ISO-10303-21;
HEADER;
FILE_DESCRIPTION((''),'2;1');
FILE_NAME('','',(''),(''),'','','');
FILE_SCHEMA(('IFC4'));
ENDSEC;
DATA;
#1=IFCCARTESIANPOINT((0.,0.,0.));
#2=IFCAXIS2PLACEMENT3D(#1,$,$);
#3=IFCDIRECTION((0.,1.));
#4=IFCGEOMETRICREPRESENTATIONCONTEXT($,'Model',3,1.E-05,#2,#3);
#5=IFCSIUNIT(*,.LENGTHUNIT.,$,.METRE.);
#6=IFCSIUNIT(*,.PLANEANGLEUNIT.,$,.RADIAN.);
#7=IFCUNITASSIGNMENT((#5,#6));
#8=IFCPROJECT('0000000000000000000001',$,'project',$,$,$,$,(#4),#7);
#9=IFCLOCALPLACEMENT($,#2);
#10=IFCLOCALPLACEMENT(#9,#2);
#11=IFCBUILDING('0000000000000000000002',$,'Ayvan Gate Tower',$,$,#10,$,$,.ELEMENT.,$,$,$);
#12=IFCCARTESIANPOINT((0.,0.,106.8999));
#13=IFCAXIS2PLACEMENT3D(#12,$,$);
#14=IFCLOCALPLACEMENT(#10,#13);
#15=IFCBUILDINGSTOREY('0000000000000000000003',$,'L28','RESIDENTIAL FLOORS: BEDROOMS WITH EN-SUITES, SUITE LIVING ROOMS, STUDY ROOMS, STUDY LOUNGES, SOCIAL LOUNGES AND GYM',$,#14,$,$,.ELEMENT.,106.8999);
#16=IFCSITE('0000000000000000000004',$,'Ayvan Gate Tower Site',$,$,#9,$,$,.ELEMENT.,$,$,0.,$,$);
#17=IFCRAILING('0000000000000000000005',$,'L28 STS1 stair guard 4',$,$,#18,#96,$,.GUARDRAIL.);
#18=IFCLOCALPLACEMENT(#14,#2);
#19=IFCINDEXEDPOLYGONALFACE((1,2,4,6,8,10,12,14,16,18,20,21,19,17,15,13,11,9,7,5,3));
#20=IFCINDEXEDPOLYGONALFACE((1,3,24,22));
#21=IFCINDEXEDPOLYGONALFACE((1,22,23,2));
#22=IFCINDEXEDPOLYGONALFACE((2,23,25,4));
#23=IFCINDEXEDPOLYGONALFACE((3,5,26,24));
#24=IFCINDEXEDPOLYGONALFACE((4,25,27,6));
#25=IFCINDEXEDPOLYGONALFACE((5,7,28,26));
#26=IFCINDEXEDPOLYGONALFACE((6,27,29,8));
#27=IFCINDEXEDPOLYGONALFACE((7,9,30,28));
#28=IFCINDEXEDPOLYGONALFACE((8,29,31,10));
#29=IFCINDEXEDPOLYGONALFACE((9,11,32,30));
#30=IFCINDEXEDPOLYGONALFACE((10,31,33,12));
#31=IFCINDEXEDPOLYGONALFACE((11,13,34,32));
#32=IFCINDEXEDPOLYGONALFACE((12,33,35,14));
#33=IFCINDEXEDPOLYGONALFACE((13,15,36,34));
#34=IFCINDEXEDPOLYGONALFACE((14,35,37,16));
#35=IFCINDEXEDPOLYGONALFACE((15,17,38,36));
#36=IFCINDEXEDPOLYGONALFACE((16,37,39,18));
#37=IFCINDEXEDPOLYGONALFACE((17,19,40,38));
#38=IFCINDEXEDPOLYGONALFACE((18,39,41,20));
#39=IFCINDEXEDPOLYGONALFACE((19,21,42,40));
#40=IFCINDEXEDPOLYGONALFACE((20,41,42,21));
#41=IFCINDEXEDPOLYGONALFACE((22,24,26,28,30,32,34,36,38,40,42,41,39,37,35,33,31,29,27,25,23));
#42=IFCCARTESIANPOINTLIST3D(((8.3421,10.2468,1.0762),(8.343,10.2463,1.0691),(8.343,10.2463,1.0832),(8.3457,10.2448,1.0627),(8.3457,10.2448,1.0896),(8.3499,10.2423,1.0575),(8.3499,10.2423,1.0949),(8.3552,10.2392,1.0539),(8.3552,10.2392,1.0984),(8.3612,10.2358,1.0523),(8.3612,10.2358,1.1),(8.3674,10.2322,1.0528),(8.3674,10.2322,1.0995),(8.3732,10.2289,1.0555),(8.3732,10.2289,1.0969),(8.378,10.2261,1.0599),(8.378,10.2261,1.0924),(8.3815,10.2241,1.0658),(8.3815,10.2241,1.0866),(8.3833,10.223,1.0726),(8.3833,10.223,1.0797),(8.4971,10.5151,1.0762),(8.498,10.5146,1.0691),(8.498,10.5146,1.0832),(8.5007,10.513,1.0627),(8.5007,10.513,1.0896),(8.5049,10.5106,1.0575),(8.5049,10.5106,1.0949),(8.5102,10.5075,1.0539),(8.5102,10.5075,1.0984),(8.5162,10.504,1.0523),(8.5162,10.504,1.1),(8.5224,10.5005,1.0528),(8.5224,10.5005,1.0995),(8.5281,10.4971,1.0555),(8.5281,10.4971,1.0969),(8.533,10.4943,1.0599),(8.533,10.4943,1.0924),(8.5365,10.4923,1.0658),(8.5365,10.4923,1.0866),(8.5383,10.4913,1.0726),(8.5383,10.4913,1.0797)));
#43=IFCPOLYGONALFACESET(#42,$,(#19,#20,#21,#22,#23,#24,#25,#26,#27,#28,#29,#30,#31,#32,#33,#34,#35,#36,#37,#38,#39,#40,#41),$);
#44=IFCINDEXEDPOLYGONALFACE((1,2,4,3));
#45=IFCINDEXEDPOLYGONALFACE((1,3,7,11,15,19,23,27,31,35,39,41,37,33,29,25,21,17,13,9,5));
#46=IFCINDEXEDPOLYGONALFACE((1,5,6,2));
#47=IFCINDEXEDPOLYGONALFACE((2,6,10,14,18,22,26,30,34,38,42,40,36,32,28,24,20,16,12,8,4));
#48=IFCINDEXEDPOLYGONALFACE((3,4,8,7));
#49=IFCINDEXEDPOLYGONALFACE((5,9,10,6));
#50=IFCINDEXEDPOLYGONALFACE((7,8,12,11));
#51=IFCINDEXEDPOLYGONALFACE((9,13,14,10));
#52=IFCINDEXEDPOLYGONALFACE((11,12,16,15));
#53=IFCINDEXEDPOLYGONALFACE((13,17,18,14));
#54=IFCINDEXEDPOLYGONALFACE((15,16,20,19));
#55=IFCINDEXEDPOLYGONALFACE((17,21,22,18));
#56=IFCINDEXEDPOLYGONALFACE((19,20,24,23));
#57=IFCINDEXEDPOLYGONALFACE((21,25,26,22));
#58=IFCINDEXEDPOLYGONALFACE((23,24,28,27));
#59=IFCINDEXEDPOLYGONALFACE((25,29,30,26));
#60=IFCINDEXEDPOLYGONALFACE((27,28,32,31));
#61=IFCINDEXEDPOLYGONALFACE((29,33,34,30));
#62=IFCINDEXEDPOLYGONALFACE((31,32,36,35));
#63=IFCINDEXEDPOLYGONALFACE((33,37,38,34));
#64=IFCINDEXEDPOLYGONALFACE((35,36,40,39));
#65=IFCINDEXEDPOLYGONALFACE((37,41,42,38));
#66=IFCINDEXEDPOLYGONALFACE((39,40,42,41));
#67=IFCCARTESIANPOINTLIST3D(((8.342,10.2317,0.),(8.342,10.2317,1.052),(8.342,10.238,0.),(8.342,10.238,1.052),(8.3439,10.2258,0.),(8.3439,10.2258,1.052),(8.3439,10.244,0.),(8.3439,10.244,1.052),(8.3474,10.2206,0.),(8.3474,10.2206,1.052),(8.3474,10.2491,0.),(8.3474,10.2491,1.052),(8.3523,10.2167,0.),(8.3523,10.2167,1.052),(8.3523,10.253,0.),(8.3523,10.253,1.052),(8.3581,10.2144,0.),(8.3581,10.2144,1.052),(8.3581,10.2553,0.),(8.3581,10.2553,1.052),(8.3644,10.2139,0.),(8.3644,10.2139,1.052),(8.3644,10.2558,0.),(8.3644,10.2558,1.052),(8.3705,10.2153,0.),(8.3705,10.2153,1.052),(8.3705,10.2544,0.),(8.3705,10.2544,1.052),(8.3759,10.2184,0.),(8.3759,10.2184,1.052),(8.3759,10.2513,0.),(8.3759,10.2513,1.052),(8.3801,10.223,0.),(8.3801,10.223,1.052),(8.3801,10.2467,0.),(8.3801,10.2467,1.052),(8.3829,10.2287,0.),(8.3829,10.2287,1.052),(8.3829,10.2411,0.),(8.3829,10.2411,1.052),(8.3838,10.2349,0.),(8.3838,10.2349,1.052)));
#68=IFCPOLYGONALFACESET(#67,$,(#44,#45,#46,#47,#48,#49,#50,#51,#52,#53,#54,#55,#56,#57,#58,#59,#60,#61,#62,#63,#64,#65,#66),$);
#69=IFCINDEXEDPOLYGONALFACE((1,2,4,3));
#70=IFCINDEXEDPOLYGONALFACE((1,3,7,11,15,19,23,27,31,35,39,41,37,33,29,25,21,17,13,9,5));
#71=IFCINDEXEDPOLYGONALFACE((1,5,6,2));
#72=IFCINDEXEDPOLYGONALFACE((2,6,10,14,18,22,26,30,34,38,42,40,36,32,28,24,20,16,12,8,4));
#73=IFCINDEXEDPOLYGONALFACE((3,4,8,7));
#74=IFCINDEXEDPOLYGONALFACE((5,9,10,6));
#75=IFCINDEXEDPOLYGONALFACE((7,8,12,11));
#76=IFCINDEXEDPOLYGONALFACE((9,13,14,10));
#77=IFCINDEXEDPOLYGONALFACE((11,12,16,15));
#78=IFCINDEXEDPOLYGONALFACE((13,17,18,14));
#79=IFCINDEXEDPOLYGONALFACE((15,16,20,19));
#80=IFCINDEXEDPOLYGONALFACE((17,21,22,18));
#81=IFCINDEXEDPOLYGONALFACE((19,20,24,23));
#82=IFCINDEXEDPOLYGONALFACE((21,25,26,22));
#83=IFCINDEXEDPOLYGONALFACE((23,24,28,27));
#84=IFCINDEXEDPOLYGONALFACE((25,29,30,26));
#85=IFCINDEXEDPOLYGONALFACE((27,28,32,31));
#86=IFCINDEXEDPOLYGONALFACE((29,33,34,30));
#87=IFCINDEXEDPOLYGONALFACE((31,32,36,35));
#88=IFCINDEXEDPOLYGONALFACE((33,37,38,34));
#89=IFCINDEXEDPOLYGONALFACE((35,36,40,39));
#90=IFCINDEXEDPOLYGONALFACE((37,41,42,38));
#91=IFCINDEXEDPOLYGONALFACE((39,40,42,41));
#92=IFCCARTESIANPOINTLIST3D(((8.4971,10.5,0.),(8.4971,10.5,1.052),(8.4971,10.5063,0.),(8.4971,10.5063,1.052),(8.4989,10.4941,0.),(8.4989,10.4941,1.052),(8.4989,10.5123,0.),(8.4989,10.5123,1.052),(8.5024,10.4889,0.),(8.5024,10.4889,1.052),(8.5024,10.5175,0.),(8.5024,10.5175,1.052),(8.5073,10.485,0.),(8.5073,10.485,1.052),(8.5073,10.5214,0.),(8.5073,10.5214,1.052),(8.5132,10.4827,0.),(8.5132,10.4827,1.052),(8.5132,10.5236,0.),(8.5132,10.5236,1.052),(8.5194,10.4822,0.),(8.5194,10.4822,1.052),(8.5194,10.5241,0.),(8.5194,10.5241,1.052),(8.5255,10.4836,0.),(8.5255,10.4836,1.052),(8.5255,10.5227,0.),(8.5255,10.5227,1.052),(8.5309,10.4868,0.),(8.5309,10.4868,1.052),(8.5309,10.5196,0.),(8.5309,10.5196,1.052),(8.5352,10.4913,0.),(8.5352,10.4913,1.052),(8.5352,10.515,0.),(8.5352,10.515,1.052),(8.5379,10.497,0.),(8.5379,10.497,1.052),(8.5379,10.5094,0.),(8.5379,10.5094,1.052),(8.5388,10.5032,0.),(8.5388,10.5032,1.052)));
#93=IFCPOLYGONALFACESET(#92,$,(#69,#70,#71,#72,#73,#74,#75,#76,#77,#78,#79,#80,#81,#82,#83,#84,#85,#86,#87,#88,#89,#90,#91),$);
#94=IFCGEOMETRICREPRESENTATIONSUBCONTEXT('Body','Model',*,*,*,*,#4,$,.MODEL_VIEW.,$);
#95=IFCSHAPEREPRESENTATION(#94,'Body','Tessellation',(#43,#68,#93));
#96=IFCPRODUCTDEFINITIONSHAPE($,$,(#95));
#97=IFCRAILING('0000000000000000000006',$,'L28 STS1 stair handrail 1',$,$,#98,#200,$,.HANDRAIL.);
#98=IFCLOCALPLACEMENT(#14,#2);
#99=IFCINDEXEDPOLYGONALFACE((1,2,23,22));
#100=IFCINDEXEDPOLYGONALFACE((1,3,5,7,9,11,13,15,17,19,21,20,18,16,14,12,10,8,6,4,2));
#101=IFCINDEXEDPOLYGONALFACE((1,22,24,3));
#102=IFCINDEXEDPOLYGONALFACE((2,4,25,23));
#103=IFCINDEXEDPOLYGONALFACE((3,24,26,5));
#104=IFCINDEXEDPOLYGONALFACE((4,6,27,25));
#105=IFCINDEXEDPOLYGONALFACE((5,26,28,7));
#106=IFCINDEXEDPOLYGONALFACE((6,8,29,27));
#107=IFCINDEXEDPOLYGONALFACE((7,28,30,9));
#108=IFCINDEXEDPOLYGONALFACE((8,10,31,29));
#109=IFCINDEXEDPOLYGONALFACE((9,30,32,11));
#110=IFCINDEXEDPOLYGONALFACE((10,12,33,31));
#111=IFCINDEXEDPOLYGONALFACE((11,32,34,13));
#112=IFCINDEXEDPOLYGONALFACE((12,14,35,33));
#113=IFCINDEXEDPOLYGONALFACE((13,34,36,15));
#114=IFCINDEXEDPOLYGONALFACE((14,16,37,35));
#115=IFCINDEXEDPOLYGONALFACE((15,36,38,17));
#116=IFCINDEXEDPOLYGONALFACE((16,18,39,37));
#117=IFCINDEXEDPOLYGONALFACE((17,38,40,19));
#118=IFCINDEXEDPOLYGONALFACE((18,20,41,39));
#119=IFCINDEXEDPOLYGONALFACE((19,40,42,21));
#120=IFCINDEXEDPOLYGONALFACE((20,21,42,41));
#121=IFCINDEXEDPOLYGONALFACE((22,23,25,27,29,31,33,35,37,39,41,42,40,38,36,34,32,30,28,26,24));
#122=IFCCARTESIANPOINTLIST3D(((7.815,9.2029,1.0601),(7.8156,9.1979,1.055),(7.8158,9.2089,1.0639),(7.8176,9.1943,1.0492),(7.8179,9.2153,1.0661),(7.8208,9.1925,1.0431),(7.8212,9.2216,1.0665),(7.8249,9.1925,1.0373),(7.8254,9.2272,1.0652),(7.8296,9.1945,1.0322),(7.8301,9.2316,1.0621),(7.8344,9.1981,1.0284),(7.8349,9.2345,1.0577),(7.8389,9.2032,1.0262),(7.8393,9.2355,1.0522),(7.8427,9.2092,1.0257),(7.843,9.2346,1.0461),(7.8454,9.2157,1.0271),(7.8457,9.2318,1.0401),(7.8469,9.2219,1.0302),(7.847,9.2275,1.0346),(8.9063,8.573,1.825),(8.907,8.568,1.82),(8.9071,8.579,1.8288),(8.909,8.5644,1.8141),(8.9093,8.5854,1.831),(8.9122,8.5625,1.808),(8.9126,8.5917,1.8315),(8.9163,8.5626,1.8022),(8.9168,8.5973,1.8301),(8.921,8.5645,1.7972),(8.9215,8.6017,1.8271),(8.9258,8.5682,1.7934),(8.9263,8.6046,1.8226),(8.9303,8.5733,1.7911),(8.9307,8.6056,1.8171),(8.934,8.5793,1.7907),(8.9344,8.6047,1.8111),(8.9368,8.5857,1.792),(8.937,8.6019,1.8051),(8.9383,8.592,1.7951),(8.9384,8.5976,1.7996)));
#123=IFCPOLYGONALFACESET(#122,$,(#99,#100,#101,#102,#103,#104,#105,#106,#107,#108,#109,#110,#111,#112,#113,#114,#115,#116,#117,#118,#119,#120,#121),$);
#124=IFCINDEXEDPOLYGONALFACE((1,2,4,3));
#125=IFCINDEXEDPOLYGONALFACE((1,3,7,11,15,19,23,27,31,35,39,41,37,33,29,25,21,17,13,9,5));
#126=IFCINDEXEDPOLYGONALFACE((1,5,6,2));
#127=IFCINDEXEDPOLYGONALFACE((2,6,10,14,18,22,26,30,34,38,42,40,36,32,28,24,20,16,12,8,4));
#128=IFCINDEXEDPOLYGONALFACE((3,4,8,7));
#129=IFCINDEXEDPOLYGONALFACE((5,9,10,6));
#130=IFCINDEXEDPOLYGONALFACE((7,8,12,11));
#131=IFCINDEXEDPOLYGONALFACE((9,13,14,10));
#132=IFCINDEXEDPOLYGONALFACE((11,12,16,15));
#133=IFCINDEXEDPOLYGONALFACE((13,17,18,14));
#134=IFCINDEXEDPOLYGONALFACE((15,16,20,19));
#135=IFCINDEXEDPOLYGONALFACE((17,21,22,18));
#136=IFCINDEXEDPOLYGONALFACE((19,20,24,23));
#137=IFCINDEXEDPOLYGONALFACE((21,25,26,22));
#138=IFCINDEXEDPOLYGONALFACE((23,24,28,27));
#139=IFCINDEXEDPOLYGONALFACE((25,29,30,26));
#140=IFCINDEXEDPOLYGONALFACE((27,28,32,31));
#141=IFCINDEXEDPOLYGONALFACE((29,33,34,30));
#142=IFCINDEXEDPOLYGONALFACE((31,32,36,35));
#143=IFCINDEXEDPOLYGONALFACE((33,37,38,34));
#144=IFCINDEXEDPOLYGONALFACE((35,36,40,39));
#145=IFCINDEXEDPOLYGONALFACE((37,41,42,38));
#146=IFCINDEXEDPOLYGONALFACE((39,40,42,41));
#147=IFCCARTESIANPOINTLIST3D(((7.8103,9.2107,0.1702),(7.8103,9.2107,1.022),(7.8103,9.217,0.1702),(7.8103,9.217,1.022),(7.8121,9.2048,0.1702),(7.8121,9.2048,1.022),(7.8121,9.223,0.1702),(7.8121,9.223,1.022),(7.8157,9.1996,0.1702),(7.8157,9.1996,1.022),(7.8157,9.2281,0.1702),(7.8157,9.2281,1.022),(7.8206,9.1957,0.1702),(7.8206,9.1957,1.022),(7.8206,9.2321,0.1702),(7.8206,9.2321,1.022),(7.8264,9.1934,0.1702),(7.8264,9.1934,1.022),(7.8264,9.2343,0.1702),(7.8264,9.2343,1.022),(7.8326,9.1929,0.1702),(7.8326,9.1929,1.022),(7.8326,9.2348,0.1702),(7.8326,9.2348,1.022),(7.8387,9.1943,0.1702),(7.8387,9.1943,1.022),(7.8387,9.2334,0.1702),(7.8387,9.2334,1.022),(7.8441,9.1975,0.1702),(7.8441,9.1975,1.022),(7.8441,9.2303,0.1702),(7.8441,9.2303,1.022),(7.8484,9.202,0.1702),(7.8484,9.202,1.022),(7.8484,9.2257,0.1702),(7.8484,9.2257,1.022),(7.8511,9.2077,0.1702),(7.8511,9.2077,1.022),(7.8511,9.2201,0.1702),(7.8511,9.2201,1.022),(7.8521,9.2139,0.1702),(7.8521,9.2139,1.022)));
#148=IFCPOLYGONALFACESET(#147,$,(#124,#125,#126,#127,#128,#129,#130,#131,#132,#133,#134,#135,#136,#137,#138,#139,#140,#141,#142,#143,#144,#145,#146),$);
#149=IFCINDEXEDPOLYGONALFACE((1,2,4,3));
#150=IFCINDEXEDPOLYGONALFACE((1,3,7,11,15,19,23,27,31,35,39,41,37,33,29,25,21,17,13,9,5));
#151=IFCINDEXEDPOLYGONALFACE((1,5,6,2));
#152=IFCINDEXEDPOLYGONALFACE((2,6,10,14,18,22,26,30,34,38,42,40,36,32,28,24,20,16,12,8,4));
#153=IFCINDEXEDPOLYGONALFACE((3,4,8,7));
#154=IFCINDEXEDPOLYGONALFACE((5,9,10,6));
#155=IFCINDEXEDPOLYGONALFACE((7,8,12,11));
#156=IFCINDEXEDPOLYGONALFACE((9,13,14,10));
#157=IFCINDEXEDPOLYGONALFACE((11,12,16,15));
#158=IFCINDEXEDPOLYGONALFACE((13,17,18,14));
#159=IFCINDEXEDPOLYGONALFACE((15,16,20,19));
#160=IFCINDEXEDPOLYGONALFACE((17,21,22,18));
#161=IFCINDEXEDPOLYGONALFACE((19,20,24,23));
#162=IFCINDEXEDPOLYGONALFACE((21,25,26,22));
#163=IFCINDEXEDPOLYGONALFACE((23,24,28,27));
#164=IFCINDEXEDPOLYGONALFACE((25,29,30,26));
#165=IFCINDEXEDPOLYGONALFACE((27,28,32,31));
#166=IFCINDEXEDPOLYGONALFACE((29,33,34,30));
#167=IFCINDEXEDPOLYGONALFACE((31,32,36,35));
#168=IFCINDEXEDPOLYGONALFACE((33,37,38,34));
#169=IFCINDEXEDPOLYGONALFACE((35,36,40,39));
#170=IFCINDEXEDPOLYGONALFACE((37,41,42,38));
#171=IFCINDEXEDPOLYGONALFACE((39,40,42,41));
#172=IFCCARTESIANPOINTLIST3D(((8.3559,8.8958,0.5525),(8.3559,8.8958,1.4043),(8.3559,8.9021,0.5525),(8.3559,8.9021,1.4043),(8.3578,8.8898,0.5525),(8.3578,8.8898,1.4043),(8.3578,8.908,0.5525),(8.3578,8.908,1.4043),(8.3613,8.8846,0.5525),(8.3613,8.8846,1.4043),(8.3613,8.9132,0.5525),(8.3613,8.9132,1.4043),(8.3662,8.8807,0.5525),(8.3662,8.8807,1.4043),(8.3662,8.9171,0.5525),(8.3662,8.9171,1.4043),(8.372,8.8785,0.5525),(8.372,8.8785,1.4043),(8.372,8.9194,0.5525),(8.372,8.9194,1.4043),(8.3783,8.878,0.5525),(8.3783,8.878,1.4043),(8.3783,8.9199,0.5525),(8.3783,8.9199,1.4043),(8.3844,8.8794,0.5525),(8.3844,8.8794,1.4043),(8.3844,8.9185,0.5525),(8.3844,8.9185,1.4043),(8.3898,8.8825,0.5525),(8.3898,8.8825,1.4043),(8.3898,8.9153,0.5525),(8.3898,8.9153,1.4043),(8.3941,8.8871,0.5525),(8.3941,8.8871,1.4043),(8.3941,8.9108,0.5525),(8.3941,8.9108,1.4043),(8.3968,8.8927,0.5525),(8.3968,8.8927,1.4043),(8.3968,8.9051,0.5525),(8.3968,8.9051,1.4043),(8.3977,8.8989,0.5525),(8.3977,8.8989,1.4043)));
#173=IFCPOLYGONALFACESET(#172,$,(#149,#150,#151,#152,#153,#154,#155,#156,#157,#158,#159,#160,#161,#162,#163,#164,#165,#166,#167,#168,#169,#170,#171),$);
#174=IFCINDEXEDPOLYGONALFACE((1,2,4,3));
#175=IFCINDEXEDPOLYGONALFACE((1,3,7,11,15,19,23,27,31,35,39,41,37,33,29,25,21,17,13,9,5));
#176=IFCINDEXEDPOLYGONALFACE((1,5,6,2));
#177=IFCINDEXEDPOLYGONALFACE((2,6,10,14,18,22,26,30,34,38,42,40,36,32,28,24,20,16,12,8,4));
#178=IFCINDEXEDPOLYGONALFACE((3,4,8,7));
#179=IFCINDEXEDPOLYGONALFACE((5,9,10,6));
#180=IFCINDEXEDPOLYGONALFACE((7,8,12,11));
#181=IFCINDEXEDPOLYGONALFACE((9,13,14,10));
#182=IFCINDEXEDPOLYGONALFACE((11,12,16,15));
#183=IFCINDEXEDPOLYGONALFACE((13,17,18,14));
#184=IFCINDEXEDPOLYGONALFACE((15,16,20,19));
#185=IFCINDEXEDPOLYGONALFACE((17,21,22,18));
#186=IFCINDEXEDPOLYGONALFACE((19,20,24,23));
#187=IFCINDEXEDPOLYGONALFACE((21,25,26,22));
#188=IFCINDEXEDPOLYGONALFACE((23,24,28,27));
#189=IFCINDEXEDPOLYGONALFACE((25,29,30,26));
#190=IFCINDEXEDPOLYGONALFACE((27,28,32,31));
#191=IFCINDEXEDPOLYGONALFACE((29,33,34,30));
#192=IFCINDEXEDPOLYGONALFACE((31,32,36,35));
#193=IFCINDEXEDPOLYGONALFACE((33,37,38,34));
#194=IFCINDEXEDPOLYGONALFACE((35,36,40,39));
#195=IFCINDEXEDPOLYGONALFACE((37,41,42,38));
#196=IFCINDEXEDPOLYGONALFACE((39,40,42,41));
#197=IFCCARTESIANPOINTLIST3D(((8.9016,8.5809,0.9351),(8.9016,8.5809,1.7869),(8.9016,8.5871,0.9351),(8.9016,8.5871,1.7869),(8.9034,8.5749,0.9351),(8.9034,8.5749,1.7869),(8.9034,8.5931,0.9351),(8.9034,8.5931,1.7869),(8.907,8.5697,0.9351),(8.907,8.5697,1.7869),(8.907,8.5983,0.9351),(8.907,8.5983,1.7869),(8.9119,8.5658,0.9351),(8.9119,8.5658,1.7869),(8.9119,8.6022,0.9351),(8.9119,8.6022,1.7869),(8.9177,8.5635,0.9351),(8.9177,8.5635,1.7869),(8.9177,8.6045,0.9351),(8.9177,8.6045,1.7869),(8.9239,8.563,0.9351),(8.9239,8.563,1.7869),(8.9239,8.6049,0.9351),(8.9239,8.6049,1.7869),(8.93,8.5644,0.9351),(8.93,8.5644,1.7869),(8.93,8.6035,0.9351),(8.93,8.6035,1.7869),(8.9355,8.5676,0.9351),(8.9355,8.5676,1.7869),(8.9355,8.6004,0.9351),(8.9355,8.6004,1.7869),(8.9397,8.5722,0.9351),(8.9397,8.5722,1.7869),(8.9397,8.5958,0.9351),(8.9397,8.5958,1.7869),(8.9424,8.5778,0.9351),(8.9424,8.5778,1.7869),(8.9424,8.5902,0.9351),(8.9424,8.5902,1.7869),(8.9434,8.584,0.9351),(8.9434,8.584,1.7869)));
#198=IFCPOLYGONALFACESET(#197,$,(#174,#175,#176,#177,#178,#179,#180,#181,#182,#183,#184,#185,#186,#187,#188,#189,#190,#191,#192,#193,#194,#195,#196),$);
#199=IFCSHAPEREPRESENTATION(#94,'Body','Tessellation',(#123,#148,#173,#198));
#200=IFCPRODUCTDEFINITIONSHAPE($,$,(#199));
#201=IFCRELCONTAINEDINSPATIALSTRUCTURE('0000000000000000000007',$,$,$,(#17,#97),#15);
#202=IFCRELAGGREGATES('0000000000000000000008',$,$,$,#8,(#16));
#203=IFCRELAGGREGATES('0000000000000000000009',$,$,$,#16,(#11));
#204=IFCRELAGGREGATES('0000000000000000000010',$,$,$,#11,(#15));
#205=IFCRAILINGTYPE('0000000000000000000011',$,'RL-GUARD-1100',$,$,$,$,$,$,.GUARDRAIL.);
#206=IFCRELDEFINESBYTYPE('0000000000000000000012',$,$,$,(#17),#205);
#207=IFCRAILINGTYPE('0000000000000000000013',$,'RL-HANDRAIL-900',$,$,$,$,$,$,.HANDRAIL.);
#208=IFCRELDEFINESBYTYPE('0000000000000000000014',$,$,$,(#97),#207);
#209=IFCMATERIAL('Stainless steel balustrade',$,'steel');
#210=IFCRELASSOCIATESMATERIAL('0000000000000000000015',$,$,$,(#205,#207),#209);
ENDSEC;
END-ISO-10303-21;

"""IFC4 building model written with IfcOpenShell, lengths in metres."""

from ifc_helpers import new_model, si_unit, direction, frame, origin, origin_2d, place, context, subcontext, project, spatial, circle, extrude, material, type_object, element, save


model = new_model("IFC4")

# Units and contexts
model_context = context("Model", 3, precision=1e-05, world=origin(), true_north=direction((0.0, 1.0)))
body_context = subcontext(model_context, "Body", "Model", "MODEL_VIEW")
ifc_project = project(units=[si_unit("LENGTHUNIT", "METRE"), si_unit("PLANEANGLEUNIT", "RADIAN")], contexts=[model_context])

# Site, building, storey
site_placement = place(None, origin())
site = spatial("IfcSite", under=ifc_project, at=site_placement, Name="Ayvan Gate Tower Site", CompositionType="ELEMENT", RefElevation=0.0)
building_placement = place(site_placement, origin())
building = spatial("IfcBuilding", under=site, at=building_placement, Name="Ayvan Gate Tower", CompositionType="ELEMENT")
storey_placement = place(building_placement, frame((0.0, 0.0, 106.8999)))
storey = spatial("IfcBuildingStorey", under=building, at=storey_placement, Name="L28", Description="RESIDENTIAL FLOORS: BEDROOMS WITH EN-SUITES, SUITE LIVING ROOMS, STUDY ROOMS, STUDY LOUNGES, SOCIAL LOUNGES AND GYM", CompositionType="ELEMENT", Elevation=106.8999)

# Railings
ifc_material_1 = material(Name="Stainless steel balustrade", Category="steel")
railing_type_1 = type_object("IfcRailingType", Name="RL-GUARD-1100", PredefinedType="GUARDRAIL", material=ifc_material_1)
railing_1_placement = place(storey_placement, frame((8.3628, 10.2349, 0.0)))
element("IfcRailing", 1, at=railing_1_placement, inside=storey, type_object=railing_type_1, Name="L28 STS1 stair guard 4", PredefinedType="GUARDRAIL", context=body_context, shape_type="SweptSolid", body=[
    extrude(circle(Radius=0.0239, at=origin_2d()), frame((0.0, 0.0, 1.0762), z_axis=(0.500291, 0.865857, 0.0), x_axis=(-0.865857, 0.500291, 0.0)), (0.0, 0.0, 1.0), 0.3098),
    extrude(circle(Radius=0.021, at=origin_2d()), origin(), (0.0, 0.0, 1.0), 1.052),
    extrude(circle(Radius=0.021, at=origin_2d()), frame((0.155, 0.2683, 0.0)), (0.0, 0.0, 1.0), 1.052),
])
railing_type_2 = type_object("IfcRailingType", Name="RL-HANDRAIL-900", PredefinedType="HANDRAIL", material=ifc_material_1)
railing_2_placement = place(storey_placement, frame((7.8311, 9.2139, 0.1702)))
element("IfcRailing", 2, at=railing_2_placement, inside=storey, type_object=railing_type_2, Name="L28 STS1 stair handrail 1", PredefinedType="HANDRAIL", context=body_context, shape_type="SweptSolid", body=[
    extrude(circle(Radius=0.0239, at=origin_2d()), frame((0.0, 0.0, 0.876), z_axis=(0.740357, -0.42732, 0.518912), x_axis=(0.49989, 0.866089, 0.0)), (0.0, 0.0, 1.0), 1.4741),
    extrude(circle(Radius=0.021, at=origin_2d()), origin(), (0.0, 0.0, 1.0), 0.8518),
    extrude(circle(Radius=0.021, at=origin_2d()), frame((0.5457, -0.3149, 0.3823)), (0.0, 0.0, 1.0), 0.8518),
    extrude(circle(Radius=0.021, at=origin_2d()), frame((1.0913, -0.6299, 0.7649)), (0.0, 0.0, 1.0), 0.8518),
])

save(model, "model.ifc")
